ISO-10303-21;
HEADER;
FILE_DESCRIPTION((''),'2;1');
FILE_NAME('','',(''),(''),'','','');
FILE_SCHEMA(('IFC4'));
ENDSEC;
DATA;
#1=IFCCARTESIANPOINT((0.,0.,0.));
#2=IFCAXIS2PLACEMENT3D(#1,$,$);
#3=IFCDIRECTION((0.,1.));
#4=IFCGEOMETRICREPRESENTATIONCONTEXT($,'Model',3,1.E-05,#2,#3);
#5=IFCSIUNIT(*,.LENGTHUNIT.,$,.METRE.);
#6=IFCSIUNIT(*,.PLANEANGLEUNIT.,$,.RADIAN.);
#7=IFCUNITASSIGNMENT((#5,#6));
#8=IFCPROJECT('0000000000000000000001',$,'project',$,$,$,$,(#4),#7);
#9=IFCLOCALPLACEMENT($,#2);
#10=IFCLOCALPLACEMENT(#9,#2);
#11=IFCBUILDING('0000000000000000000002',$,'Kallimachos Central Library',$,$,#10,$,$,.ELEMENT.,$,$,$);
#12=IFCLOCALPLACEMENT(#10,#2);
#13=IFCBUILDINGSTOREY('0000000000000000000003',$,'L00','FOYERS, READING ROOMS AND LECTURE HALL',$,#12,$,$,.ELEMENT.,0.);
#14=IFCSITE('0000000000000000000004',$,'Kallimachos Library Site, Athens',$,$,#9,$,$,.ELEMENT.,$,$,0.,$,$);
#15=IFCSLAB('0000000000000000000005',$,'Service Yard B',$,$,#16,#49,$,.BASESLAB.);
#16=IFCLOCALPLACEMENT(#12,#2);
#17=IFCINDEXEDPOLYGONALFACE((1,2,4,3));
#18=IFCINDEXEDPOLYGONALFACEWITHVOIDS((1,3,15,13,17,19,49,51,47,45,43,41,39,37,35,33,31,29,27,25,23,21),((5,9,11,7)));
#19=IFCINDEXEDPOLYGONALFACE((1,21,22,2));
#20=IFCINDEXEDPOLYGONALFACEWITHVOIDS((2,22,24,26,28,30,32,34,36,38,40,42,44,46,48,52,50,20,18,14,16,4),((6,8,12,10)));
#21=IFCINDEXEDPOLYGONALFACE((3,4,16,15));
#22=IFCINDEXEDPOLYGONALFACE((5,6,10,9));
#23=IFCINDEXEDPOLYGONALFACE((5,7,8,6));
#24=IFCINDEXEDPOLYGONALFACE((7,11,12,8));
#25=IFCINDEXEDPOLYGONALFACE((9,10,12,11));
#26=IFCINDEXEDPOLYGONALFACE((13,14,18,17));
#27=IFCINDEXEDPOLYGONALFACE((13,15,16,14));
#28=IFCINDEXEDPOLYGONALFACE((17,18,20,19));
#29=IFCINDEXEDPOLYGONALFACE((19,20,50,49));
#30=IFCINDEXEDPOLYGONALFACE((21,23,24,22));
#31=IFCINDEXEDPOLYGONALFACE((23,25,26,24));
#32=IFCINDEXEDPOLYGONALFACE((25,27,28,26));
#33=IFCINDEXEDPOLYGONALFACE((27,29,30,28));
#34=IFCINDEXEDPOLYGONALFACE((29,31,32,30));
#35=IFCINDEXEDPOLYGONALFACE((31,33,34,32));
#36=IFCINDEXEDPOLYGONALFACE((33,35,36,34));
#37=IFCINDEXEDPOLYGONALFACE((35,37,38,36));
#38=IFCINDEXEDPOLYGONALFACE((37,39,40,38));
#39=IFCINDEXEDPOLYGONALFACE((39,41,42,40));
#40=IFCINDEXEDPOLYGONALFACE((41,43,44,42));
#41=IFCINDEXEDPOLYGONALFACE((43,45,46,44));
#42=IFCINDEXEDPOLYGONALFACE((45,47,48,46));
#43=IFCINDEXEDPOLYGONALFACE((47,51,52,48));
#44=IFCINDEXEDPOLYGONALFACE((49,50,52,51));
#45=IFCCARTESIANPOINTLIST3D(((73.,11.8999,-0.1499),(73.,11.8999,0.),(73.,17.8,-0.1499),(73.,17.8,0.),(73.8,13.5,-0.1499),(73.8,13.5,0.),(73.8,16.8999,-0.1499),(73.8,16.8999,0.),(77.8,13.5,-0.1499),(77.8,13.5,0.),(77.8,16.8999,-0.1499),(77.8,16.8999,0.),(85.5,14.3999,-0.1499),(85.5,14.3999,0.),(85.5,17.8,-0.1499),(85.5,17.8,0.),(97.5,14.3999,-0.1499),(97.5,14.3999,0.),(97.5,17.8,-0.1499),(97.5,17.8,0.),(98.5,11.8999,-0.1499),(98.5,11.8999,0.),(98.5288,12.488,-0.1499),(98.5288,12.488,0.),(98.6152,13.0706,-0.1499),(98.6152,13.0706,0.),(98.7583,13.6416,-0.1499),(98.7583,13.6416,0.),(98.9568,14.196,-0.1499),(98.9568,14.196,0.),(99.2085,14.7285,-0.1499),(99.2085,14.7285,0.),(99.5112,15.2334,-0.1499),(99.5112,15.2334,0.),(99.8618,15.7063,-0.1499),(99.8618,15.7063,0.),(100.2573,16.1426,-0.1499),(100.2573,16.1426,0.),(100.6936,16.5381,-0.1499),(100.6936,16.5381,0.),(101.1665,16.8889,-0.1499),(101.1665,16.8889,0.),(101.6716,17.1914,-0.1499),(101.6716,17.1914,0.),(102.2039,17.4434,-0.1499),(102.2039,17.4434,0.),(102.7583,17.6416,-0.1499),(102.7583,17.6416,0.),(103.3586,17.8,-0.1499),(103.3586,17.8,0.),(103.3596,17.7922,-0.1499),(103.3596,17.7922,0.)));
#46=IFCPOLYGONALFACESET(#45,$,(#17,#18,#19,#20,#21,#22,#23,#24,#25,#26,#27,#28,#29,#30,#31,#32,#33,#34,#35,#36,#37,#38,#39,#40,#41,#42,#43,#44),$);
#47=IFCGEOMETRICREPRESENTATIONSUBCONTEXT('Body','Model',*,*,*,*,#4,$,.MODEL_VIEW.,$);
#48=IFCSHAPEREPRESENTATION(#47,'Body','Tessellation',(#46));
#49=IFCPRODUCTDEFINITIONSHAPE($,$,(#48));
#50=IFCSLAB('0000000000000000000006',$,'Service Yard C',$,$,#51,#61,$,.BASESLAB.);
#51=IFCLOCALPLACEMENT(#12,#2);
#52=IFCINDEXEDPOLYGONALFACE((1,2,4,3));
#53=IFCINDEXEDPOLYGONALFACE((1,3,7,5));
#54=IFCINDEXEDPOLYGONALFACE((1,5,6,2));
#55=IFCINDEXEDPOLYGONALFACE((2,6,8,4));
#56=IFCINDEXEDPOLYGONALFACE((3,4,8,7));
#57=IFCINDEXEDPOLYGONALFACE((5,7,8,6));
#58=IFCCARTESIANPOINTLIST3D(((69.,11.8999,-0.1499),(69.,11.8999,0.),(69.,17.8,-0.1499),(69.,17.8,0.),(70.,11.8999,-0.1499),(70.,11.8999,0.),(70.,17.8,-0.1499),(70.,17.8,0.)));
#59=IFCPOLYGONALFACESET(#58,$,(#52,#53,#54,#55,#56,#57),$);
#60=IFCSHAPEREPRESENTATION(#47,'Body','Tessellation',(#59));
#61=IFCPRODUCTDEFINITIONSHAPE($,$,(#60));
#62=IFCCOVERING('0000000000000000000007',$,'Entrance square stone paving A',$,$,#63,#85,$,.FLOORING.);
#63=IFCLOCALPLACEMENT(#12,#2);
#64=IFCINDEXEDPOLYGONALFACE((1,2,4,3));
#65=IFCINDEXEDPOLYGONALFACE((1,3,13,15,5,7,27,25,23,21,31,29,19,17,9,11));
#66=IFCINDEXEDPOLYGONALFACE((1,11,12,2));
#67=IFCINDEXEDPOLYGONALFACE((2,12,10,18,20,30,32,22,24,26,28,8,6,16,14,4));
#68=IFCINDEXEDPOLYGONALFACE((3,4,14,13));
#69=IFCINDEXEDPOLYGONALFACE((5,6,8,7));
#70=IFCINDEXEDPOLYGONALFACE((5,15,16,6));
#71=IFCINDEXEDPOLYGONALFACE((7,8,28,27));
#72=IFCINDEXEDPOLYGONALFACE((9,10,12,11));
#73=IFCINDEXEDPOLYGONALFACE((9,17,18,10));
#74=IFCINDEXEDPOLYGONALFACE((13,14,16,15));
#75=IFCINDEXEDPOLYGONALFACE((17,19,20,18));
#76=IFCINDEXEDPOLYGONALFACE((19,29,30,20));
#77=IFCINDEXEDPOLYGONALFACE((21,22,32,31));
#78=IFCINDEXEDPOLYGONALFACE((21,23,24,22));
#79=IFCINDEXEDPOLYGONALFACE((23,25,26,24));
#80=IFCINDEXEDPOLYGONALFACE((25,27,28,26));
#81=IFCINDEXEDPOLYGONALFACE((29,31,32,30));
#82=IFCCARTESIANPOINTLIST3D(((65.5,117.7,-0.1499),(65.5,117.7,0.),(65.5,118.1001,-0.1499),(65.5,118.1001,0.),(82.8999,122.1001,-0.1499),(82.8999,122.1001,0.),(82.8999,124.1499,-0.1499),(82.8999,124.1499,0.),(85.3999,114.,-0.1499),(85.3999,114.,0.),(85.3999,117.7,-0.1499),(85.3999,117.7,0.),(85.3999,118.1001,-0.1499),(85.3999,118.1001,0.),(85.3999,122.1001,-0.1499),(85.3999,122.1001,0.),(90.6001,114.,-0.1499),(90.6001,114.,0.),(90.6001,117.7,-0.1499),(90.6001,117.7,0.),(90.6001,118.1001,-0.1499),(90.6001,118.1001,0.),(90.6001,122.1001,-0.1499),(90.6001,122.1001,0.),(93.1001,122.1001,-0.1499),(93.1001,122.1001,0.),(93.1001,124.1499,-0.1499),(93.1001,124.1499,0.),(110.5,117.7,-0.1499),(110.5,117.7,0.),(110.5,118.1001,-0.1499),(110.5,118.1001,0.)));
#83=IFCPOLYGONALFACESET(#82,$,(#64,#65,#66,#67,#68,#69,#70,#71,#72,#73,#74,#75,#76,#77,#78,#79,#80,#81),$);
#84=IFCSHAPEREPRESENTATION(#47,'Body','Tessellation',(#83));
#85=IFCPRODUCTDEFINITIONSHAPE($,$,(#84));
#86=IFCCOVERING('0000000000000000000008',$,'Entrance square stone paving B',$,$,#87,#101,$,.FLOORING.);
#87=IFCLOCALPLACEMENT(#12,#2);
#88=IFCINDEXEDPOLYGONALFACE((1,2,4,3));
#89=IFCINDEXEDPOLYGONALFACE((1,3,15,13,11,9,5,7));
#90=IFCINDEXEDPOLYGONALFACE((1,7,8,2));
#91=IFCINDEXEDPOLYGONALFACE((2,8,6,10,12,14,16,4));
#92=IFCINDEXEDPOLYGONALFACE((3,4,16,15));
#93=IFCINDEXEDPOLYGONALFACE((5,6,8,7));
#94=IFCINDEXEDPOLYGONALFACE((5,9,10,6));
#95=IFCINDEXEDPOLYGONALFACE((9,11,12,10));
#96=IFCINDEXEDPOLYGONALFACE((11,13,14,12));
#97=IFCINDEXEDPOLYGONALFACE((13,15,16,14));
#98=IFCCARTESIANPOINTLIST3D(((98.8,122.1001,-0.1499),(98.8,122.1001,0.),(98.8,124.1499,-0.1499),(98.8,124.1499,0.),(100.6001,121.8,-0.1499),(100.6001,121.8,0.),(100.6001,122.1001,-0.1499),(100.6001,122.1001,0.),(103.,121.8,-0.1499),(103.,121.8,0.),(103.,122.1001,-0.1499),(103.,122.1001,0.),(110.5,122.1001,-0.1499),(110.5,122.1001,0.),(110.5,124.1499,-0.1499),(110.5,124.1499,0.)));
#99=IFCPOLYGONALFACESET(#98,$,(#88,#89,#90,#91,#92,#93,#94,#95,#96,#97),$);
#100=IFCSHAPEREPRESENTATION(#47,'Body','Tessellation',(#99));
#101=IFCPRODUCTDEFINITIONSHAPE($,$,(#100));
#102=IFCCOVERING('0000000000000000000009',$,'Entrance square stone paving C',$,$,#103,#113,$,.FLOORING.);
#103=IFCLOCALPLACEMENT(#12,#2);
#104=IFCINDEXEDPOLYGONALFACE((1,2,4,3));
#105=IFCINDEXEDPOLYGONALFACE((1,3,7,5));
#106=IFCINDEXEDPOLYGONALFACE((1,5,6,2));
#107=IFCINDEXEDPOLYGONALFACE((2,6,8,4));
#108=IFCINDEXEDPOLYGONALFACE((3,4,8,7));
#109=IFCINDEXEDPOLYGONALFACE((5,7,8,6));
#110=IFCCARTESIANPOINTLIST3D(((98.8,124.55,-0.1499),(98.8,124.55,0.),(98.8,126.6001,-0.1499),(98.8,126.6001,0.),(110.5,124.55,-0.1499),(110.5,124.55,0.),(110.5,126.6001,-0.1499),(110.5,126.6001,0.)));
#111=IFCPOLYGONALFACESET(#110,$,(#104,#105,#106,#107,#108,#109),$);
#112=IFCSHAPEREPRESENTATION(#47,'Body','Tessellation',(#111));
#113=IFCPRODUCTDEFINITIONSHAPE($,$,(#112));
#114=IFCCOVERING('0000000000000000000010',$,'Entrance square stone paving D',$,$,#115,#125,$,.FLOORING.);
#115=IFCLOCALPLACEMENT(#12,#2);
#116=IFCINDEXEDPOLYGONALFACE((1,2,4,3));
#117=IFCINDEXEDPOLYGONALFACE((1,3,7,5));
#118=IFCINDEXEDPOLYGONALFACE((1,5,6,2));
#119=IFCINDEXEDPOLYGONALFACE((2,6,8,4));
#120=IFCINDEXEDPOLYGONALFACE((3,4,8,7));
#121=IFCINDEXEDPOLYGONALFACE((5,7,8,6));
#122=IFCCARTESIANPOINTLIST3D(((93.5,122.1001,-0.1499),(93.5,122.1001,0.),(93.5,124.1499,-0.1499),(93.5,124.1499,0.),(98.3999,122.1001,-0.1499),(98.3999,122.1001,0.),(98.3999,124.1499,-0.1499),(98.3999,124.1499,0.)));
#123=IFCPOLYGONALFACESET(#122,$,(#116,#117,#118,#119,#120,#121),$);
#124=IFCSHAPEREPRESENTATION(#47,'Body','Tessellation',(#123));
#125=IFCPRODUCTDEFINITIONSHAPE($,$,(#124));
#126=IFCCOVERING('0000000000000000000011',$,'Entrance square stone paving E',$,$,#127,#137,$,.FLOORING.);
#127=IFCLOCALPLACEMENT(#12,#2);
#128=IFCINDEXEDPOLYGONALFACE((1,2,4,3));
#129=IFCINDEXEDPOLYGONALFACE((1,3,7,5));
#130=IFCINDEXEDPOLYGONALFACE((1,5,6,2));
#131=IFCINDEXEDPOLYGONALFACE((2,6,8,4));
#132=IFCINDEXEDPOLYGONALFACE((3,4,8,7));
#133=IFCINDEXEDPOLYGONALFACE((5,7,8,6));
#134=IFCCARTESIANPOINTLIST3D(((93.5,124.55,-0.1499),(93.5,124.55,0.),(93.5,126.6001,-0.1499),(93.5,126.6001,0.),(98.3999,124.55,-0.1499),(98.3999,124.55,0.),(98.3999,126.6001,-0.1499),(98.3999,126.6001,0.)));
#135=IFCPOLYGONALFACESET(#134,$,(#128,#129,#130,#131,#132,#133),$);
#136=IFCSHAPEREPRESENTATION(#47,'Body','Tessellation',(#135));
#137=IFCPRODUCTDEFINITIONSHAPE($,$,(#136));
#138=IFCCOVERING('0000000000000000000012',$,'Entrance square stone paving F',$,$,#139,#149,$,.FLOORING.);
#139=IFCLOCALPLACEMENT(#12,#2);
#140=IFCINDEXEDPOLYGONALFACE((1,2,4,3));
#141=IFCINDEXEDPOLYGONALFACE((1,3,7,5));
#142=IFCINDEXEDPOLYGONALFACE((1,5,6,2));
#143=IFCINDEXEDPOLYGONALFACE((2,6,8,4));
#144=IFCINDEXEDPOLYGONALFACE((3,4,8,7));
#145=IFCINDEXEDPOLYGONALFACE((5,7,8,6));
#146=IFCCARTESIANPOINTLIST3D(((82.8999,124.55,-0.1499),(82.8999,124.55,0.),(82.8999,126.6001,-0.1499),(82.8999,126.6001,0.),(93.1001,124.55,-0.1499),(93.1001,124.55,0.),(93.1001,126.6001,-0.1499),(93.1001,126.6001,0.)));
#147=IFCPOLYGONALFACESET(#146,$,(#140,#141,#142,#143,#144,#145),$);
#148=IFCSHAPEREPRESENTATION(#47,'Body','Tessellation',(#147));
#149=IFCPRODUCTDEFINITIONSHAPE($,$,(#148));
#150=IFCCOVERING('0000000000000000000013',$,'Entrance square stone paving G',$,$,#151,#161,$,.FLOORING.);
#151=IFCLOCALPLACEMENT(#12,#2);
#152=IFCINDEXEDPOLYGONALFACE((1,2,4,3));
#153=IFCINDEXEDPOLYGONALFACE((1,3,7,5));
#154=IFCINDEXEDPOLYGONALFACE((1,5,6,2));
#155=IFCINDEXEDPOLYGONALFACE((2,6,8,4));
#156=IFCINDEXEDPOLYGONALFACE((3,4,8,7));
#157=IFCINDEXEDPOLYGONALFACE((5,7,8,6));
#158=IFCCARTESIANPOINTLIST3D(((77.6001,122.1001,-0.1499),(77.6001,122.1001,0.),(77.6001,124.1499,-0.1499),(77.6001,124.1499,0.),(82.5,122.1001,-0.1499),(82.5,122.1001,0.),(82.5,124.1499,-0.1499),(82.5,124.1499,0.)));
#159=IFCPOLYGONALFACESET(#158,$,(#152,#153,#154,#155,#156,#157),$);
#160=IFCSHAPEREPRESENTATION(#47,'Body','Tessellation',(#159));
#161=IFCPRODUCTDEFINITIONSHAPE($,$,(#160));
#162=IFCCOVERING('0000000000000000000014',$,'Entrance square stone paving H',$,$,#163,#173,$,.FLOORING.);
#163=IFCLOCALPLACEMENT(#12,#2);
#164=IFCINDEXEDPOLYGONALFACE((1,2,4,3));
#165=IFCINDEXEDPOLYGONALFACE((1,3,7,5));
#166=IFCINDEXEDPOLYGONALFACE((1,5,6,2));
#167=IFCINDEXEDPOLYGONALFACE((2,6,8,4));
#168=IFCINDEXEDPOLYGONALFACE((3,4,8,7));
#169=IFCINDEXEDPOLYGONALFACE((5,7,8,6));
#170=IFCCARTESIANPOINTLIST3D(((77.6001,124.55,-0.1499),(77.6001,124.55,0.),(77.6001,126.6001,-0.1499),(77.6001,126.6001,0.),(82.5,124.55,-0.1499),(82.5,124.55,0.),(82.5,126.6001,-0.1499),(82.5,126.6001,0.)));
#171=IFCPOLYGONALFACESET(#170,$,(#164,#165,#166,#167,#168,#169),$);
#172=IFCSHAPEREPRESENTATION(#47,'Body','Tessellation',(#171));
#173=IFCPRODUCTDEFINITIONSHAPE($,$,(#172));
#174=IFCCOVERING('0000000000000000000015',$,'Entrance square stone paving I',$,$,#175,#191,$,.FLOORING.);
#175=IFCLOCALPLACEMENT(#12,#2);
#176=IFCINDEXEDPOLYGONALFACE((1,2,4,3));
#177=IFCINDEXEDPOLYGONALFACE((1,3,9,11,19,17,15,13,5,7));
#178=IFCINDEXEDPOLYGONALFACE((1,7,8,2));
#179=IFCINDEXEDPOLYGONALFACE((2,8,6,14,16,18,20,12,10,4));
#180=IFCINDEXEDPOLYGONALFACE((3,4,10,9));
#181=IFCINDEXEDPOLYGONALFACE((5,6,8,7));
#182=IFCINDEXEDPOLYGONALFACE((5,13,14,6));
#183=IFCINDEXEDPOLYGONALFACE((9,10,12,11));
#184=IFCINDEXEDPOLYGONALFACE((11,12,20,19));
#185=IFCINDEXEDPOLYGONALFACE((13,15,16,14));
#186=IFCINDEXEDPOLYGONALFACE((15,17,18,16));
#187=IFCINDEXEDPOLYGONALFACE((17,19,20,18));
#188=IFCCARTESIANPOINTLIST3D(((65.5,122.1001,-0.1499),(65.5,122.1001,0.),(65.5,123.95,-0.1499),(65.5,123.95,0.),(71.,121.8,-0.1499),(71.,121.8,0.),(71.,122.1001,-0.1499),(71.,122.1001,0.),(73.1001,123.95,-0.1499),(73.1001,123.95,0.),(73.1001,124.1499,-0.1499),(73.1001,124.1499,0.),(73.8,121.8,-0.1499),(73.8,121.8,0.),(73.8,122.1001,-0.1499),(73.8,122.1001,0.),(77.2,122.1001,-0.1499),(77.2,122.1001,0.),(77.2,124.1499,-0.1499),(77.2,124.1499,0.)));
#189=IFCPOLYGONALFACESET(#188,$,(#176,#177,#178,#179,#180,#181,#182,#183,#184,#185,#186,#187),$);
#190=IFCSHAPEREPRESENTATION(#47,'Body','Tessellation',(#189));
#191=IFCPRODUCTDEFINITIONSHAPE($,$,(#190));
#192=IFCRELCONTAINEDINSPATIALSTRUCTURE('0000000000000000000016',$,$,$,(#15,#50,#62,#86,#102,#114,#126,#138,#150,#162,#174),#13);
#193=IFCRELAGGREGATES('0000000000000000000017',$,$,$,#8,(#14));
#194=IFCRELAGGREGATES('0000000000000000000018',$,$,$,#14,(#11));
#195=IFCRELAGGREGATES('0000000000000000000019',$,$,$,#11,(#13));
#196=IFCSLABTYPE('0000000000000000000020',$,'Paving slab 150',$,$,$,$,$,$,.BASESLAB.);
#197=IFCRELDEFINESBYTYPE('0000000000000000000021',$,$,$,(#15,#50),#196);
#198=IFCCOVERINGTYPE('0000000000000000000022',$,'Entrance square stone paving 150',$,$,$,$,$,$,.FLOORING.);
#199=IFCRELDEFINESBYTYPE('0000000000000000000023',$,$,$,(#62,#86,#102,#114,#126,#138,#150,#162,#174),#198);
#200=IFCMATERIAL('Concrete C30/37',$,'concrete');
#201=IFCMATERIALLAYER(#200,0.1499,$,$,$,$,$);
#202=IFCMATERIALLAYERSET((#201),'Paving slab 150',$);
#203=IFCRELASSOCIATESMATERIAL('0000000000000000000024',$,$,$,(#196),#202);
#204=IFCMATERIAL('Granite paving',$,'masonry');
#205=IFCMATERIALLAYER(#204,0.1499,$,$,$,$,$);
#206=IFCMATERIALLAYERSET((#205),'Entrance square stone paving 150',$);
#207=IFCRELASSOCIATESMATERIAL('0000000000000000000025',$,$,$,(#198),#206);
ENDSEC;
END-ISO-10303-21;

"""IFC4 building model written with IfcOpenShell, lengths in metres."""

from ifc_helpers import new_model, si_unit, direction, frame, origin, place, context, subcontext, project, spatial, polyline, outline, extrude, material, layer, layer_set, type_object, element, save


model = new_model("IFC4")

# Units and contexts
model_context = context("Model", 3, precision=1e-05, world=origin(), true_north=direction((0.0, 1.0)))
body_context = subcontext(model_context, "Body", "Model", "MODEL_VIEW")
ifc_project = project(units=[si_unit("LENGTHUNIT", "METRE"), si_unit("PLANEANGLEUNIT", "RADIAN")], contexts=[model_context])

# Site, building, storey
site_placement = place(None, origin())
site = spatial("IfcSite", under=ifc_project, at=site_placement, Name="Kallimachos Library Site, Athens", CompositionType="ELEMENT", RefElevation=0.0)
building_placement = place(site_placement, origin())
building = spatial("IfcBuilding", under=site, at=building_placement, Name="Kallimachos Central Library", CompositionType="ELEMENT")
storey_placement = place(building_placement, origin())
storey = spatial("IfcBuildingStorey", under=building, at=storey_placement, Name="L00", Description="FOYERS, READING ROOMS AND LECTURE HALL", CompositionType="ELEMENT", Elevation=0.0)

# Slabs
ifc_material_1 = material(Name="Concrete C30/37", Category="concrete")
ifc_layer_1 = layer(ifc_material_1, 0.1499)
ifc_layer_set_1 = layer_set([ifc_layer_1], Name="Paving slab 150")
slab_type_1 = type_object("IfcSlabType", Name="Paving slab 150", PredefinedType="BASESLAB", material=ifc_layer_set_1)
slab_1_placement = place(storey_placement, frame((0.0, 0.0, -0.1499)))
element("IfcSlab", 1, at=slab_1_placement, inside=storey, type_object=slab_type_1, Name="Service Yard B", PredefinedType="BASESLAB", context=body_context, shape_type="SweptSolid", body=[
    extrude(outline(polyline([(73.0, 11.8999), (73.0, 17.8), (85.5, 17.8), (85.5, 14.3999), (97.5, 14.3999), (97.5, 17.8), (103.3586, 17.8), (103.3596, 17.7922), (102.7583, 17.6416), (102.2039, 17.4434), (101.6716, 17.1914), (101.1665, 16.8889), (100.6936, 16.5381), (100.2573, 16.1426), (99.8618, 15.7063), (99.5112, 15.2334), (99.2085, 14.7285), (98.9568, 14.196), (98.7583, 13.6416), (98.6152, 13.0706), (98.5288, 12.488), (98.5, 11.8999), (73.0, 11.8999)]), holes=[polyline([(77.8, 13.5), (77.8, 16.8999), (73.8, 16.8999), (73.8, 13.5), (77.8, 13.5)])]), origin(), (0.0, 0.0, 1.0), 0.1499),
])
slab_2_placement = place(storey_placement, frame((0.0, 0.0, -0.1499)))
element("IfcSlab", 2, at=slab_2_placement, inside=storey, type_object=slab_type_1, Name="Service Yard C", PredefinedType="BASESLAB", context=body_context, shape_type="SweptSolid", body=[
    extrude(outline(polyline([(70.0, 11.8999), (69.0, 11.8999), (69.0, 17.8), (70.0, 17.8), (70.0, 11.8999)])), origin(), (0.0, 0.0, 1.0), 0.1499),
])

# Coverings
ifc_material_2 = material(Name="Granite paving", Category="masonry")
ifc_layer_2 = layer(ifc_material_2, 0.1499)
ifc_layer_set_2 = layer_set([ifc_layer_2], Name="Entrance square stone paving 150")
covering_type = type_object("IfcCoveringType", Name="Entrance square stone paving 150", PredefinedType="FLOORING", material=ifc_layer_set_2)
covering_1_placement = place(storey_placement, frame((0.0, 0.0, -0.1499)))
element("IfcCovering", 3, at=covering_1_placement, inside=storey, type_object=covering_type, Name="Entrance square stone paving A", PredefinedType="FLOORING", context=body_context, shape_type="SweptSolid", body=[
    extrude(outline(polyline([(65.5, 118.1001), (85.3999, 118.1001), (85.3999, 122.1001), (82.8999, 122.1001), (82.8999, 124.1499), (93.1001, 124.1499), (93.1001, 122.1001), (90.6001, 122.1001), (90.6001, 118.1001), (110.5, 118.1001), (110.5, 117.7), (90.6001, 117.7), (90.6001, 114.0), (85.3999, 114.0), (85.3999, 117.7), (65.5, 117.7), (65.5, 118.1001)])), origin(), (0.0, 0.0, 1.0), 0.1499),
])
covering_2_placement = place(storey_placement, frame((0.0, 0.0, -0.1499)))
element("IfcCovering", 4, at=covering_2_placement, inside=storey, type_object=covering_type, Name="Entrance square stone paving B", PredefinedType="FLOORING", context=body_context, shape_type="SweptSolid", body=[
    extrude(outline(polyline([(98.8, 124.1499), (110.5, 124.1499), (110.5, 122.1001), (103.0, 122.1001), (103.0, 121.8), (100.6001, 121.8), (100.6001, 122.1001), (98.8, 122.1001), (98.8, 124.1499)])), origin(), (0.0, 0.0, 1.0), 0.1499),
])
covering_3_placement = place(storey_placement, frame((0.0, 0.0, -0.1499)))
element("IfcCovering", 5, at=covering_3_placement, inside=storey, type_object=covering_type, Name="Entrance square stone paving C", PredefinedType="FLOORING", context=body_context, shape_type="SweptSolid", body=[
    extrude(outline(polyline([(110.5, 124.55), (98.8, 124.55), (98.8, 126.6001), (110.5, 126.6001), (110.5, 124.55)])), origin(), (0.0, 0.0, 1.0), 0.1499),
])
covering_4_placement = place(storey_placement, frame((0.0, 0.0, -0.1499)))
element("IfcCovering", 6, at=covering_4_placement, inside=storey, type_object=covering_type, Name="Entrance square stone paving D", PredefinedType="FLOORING", context=body_context, shape_type="SweptSolid", body=[
    extrude(outline(polyline([(93.5, 124.1499), (98.3999, 124.1499), (98.3999, 122.1001), (93.5, 122.1001), (93.5, 124.1499)])), origin(), (0.0, 0.0, 1.0), 0.1499),
])
covering_5_placement = place(storey_placement, frame((0.0, 0.0, -0.1499)))
element("IfcCovering", 7, at=covering_5_placement, inside=storey, type_object=covering_type, Name="Entrance square stone paving E", PredefinedType="FLOORING", context=body_context, shape_type="SweptSolid", body=[
    extrude(outline(polyline([(98.3999, 124.55), (93.5, 124.55), (93.5, 126.6001), (98.3999, 126.6001), (98.3999, 124.55)])), origin(), (0.0, 0.0, 1.0), 0.1499),
])
covering_6_placement = place(storey_placement, frame((0.0, 0.0, -0.1499)))
element("IfcCovering", 8, at=covering_6_placement, inside=storey, type_object=covering_type, Name="Entrance square stone paving F", PredefinedType="FLOORING", context=body_context, shape_type="SweptSolid", body=[
    extrude(outline(polyline([(93.1001, 124.55), (82.8999, 124.55), (82.8999, 126.6001), (93.1001, 126.6001), (93.1001, 124.55)])), origin(), (0.0, 0.0, 1.0), 0.1499),
])
covering_7_placement = place(storey_placement, frame((0.0, 0.0, -0.1499)))
element("IfcCovering", 9, at=covering_7_placement, inside=storey, type_object=covering_type, Name="Entrance square stone paving G", PredefinedType="FLOORING", context=body_context, shape_type="SweptSolid", body=[
    extrude(outline(polyline([(77.6001, 124.1499), (82.5, 124.1499), (82.5, 122.1001), (77.6001, 122.1001), (77.6001, 124.1499)])), origin(), (0.0, 0.0, 1.0), 0.1499),
])
covering_8_placement = place(storey_placement, frame((0.0, 0.0, -0.1499)))
element("IfcCovering", 10, at=covering_8_placement, inside=storey, type_object=covering_type, Name="Entrance square stone paving H", PredefinedType="FLOORING", context=body_context, shape_type="SweptSolid", body=[
    extrude(outline(polyline([(82.5, 124.55), (77.6001, 124.55), (77.6001, 126.6001), (82.5, 126.6001), (82.5, 124.55)])), origin(), (0.0, 0.0, 1.0), 0.1499),
])
covering_9_placement = place(storey_placement, frame((0.0, 0.0, -0.1499)))
element("IfcCovering", 11, at=covering_9_placement, inside=storey, type_object=covering_type, Name="Entrance square stone paving I", PredefinedType="FLOORING", context=body_context, shape_type="SweptSolid", body=[
    extrude(outline(polyline([(71.0, 122.1001), (65.5, 122.1001), (65.5, 123.95), (73.1001, 123.95), (73.1001, 124.1499), (77.2, 124.1499), (77.2, 122.1001), (73.8, 122.1001), (73.8, 121.8), (71.0, 121.8), (71.0, 122.1001)])), origin(), (0.0, 0.0, 1.0), 0.1499),
])

save(model, "model.ifc")
